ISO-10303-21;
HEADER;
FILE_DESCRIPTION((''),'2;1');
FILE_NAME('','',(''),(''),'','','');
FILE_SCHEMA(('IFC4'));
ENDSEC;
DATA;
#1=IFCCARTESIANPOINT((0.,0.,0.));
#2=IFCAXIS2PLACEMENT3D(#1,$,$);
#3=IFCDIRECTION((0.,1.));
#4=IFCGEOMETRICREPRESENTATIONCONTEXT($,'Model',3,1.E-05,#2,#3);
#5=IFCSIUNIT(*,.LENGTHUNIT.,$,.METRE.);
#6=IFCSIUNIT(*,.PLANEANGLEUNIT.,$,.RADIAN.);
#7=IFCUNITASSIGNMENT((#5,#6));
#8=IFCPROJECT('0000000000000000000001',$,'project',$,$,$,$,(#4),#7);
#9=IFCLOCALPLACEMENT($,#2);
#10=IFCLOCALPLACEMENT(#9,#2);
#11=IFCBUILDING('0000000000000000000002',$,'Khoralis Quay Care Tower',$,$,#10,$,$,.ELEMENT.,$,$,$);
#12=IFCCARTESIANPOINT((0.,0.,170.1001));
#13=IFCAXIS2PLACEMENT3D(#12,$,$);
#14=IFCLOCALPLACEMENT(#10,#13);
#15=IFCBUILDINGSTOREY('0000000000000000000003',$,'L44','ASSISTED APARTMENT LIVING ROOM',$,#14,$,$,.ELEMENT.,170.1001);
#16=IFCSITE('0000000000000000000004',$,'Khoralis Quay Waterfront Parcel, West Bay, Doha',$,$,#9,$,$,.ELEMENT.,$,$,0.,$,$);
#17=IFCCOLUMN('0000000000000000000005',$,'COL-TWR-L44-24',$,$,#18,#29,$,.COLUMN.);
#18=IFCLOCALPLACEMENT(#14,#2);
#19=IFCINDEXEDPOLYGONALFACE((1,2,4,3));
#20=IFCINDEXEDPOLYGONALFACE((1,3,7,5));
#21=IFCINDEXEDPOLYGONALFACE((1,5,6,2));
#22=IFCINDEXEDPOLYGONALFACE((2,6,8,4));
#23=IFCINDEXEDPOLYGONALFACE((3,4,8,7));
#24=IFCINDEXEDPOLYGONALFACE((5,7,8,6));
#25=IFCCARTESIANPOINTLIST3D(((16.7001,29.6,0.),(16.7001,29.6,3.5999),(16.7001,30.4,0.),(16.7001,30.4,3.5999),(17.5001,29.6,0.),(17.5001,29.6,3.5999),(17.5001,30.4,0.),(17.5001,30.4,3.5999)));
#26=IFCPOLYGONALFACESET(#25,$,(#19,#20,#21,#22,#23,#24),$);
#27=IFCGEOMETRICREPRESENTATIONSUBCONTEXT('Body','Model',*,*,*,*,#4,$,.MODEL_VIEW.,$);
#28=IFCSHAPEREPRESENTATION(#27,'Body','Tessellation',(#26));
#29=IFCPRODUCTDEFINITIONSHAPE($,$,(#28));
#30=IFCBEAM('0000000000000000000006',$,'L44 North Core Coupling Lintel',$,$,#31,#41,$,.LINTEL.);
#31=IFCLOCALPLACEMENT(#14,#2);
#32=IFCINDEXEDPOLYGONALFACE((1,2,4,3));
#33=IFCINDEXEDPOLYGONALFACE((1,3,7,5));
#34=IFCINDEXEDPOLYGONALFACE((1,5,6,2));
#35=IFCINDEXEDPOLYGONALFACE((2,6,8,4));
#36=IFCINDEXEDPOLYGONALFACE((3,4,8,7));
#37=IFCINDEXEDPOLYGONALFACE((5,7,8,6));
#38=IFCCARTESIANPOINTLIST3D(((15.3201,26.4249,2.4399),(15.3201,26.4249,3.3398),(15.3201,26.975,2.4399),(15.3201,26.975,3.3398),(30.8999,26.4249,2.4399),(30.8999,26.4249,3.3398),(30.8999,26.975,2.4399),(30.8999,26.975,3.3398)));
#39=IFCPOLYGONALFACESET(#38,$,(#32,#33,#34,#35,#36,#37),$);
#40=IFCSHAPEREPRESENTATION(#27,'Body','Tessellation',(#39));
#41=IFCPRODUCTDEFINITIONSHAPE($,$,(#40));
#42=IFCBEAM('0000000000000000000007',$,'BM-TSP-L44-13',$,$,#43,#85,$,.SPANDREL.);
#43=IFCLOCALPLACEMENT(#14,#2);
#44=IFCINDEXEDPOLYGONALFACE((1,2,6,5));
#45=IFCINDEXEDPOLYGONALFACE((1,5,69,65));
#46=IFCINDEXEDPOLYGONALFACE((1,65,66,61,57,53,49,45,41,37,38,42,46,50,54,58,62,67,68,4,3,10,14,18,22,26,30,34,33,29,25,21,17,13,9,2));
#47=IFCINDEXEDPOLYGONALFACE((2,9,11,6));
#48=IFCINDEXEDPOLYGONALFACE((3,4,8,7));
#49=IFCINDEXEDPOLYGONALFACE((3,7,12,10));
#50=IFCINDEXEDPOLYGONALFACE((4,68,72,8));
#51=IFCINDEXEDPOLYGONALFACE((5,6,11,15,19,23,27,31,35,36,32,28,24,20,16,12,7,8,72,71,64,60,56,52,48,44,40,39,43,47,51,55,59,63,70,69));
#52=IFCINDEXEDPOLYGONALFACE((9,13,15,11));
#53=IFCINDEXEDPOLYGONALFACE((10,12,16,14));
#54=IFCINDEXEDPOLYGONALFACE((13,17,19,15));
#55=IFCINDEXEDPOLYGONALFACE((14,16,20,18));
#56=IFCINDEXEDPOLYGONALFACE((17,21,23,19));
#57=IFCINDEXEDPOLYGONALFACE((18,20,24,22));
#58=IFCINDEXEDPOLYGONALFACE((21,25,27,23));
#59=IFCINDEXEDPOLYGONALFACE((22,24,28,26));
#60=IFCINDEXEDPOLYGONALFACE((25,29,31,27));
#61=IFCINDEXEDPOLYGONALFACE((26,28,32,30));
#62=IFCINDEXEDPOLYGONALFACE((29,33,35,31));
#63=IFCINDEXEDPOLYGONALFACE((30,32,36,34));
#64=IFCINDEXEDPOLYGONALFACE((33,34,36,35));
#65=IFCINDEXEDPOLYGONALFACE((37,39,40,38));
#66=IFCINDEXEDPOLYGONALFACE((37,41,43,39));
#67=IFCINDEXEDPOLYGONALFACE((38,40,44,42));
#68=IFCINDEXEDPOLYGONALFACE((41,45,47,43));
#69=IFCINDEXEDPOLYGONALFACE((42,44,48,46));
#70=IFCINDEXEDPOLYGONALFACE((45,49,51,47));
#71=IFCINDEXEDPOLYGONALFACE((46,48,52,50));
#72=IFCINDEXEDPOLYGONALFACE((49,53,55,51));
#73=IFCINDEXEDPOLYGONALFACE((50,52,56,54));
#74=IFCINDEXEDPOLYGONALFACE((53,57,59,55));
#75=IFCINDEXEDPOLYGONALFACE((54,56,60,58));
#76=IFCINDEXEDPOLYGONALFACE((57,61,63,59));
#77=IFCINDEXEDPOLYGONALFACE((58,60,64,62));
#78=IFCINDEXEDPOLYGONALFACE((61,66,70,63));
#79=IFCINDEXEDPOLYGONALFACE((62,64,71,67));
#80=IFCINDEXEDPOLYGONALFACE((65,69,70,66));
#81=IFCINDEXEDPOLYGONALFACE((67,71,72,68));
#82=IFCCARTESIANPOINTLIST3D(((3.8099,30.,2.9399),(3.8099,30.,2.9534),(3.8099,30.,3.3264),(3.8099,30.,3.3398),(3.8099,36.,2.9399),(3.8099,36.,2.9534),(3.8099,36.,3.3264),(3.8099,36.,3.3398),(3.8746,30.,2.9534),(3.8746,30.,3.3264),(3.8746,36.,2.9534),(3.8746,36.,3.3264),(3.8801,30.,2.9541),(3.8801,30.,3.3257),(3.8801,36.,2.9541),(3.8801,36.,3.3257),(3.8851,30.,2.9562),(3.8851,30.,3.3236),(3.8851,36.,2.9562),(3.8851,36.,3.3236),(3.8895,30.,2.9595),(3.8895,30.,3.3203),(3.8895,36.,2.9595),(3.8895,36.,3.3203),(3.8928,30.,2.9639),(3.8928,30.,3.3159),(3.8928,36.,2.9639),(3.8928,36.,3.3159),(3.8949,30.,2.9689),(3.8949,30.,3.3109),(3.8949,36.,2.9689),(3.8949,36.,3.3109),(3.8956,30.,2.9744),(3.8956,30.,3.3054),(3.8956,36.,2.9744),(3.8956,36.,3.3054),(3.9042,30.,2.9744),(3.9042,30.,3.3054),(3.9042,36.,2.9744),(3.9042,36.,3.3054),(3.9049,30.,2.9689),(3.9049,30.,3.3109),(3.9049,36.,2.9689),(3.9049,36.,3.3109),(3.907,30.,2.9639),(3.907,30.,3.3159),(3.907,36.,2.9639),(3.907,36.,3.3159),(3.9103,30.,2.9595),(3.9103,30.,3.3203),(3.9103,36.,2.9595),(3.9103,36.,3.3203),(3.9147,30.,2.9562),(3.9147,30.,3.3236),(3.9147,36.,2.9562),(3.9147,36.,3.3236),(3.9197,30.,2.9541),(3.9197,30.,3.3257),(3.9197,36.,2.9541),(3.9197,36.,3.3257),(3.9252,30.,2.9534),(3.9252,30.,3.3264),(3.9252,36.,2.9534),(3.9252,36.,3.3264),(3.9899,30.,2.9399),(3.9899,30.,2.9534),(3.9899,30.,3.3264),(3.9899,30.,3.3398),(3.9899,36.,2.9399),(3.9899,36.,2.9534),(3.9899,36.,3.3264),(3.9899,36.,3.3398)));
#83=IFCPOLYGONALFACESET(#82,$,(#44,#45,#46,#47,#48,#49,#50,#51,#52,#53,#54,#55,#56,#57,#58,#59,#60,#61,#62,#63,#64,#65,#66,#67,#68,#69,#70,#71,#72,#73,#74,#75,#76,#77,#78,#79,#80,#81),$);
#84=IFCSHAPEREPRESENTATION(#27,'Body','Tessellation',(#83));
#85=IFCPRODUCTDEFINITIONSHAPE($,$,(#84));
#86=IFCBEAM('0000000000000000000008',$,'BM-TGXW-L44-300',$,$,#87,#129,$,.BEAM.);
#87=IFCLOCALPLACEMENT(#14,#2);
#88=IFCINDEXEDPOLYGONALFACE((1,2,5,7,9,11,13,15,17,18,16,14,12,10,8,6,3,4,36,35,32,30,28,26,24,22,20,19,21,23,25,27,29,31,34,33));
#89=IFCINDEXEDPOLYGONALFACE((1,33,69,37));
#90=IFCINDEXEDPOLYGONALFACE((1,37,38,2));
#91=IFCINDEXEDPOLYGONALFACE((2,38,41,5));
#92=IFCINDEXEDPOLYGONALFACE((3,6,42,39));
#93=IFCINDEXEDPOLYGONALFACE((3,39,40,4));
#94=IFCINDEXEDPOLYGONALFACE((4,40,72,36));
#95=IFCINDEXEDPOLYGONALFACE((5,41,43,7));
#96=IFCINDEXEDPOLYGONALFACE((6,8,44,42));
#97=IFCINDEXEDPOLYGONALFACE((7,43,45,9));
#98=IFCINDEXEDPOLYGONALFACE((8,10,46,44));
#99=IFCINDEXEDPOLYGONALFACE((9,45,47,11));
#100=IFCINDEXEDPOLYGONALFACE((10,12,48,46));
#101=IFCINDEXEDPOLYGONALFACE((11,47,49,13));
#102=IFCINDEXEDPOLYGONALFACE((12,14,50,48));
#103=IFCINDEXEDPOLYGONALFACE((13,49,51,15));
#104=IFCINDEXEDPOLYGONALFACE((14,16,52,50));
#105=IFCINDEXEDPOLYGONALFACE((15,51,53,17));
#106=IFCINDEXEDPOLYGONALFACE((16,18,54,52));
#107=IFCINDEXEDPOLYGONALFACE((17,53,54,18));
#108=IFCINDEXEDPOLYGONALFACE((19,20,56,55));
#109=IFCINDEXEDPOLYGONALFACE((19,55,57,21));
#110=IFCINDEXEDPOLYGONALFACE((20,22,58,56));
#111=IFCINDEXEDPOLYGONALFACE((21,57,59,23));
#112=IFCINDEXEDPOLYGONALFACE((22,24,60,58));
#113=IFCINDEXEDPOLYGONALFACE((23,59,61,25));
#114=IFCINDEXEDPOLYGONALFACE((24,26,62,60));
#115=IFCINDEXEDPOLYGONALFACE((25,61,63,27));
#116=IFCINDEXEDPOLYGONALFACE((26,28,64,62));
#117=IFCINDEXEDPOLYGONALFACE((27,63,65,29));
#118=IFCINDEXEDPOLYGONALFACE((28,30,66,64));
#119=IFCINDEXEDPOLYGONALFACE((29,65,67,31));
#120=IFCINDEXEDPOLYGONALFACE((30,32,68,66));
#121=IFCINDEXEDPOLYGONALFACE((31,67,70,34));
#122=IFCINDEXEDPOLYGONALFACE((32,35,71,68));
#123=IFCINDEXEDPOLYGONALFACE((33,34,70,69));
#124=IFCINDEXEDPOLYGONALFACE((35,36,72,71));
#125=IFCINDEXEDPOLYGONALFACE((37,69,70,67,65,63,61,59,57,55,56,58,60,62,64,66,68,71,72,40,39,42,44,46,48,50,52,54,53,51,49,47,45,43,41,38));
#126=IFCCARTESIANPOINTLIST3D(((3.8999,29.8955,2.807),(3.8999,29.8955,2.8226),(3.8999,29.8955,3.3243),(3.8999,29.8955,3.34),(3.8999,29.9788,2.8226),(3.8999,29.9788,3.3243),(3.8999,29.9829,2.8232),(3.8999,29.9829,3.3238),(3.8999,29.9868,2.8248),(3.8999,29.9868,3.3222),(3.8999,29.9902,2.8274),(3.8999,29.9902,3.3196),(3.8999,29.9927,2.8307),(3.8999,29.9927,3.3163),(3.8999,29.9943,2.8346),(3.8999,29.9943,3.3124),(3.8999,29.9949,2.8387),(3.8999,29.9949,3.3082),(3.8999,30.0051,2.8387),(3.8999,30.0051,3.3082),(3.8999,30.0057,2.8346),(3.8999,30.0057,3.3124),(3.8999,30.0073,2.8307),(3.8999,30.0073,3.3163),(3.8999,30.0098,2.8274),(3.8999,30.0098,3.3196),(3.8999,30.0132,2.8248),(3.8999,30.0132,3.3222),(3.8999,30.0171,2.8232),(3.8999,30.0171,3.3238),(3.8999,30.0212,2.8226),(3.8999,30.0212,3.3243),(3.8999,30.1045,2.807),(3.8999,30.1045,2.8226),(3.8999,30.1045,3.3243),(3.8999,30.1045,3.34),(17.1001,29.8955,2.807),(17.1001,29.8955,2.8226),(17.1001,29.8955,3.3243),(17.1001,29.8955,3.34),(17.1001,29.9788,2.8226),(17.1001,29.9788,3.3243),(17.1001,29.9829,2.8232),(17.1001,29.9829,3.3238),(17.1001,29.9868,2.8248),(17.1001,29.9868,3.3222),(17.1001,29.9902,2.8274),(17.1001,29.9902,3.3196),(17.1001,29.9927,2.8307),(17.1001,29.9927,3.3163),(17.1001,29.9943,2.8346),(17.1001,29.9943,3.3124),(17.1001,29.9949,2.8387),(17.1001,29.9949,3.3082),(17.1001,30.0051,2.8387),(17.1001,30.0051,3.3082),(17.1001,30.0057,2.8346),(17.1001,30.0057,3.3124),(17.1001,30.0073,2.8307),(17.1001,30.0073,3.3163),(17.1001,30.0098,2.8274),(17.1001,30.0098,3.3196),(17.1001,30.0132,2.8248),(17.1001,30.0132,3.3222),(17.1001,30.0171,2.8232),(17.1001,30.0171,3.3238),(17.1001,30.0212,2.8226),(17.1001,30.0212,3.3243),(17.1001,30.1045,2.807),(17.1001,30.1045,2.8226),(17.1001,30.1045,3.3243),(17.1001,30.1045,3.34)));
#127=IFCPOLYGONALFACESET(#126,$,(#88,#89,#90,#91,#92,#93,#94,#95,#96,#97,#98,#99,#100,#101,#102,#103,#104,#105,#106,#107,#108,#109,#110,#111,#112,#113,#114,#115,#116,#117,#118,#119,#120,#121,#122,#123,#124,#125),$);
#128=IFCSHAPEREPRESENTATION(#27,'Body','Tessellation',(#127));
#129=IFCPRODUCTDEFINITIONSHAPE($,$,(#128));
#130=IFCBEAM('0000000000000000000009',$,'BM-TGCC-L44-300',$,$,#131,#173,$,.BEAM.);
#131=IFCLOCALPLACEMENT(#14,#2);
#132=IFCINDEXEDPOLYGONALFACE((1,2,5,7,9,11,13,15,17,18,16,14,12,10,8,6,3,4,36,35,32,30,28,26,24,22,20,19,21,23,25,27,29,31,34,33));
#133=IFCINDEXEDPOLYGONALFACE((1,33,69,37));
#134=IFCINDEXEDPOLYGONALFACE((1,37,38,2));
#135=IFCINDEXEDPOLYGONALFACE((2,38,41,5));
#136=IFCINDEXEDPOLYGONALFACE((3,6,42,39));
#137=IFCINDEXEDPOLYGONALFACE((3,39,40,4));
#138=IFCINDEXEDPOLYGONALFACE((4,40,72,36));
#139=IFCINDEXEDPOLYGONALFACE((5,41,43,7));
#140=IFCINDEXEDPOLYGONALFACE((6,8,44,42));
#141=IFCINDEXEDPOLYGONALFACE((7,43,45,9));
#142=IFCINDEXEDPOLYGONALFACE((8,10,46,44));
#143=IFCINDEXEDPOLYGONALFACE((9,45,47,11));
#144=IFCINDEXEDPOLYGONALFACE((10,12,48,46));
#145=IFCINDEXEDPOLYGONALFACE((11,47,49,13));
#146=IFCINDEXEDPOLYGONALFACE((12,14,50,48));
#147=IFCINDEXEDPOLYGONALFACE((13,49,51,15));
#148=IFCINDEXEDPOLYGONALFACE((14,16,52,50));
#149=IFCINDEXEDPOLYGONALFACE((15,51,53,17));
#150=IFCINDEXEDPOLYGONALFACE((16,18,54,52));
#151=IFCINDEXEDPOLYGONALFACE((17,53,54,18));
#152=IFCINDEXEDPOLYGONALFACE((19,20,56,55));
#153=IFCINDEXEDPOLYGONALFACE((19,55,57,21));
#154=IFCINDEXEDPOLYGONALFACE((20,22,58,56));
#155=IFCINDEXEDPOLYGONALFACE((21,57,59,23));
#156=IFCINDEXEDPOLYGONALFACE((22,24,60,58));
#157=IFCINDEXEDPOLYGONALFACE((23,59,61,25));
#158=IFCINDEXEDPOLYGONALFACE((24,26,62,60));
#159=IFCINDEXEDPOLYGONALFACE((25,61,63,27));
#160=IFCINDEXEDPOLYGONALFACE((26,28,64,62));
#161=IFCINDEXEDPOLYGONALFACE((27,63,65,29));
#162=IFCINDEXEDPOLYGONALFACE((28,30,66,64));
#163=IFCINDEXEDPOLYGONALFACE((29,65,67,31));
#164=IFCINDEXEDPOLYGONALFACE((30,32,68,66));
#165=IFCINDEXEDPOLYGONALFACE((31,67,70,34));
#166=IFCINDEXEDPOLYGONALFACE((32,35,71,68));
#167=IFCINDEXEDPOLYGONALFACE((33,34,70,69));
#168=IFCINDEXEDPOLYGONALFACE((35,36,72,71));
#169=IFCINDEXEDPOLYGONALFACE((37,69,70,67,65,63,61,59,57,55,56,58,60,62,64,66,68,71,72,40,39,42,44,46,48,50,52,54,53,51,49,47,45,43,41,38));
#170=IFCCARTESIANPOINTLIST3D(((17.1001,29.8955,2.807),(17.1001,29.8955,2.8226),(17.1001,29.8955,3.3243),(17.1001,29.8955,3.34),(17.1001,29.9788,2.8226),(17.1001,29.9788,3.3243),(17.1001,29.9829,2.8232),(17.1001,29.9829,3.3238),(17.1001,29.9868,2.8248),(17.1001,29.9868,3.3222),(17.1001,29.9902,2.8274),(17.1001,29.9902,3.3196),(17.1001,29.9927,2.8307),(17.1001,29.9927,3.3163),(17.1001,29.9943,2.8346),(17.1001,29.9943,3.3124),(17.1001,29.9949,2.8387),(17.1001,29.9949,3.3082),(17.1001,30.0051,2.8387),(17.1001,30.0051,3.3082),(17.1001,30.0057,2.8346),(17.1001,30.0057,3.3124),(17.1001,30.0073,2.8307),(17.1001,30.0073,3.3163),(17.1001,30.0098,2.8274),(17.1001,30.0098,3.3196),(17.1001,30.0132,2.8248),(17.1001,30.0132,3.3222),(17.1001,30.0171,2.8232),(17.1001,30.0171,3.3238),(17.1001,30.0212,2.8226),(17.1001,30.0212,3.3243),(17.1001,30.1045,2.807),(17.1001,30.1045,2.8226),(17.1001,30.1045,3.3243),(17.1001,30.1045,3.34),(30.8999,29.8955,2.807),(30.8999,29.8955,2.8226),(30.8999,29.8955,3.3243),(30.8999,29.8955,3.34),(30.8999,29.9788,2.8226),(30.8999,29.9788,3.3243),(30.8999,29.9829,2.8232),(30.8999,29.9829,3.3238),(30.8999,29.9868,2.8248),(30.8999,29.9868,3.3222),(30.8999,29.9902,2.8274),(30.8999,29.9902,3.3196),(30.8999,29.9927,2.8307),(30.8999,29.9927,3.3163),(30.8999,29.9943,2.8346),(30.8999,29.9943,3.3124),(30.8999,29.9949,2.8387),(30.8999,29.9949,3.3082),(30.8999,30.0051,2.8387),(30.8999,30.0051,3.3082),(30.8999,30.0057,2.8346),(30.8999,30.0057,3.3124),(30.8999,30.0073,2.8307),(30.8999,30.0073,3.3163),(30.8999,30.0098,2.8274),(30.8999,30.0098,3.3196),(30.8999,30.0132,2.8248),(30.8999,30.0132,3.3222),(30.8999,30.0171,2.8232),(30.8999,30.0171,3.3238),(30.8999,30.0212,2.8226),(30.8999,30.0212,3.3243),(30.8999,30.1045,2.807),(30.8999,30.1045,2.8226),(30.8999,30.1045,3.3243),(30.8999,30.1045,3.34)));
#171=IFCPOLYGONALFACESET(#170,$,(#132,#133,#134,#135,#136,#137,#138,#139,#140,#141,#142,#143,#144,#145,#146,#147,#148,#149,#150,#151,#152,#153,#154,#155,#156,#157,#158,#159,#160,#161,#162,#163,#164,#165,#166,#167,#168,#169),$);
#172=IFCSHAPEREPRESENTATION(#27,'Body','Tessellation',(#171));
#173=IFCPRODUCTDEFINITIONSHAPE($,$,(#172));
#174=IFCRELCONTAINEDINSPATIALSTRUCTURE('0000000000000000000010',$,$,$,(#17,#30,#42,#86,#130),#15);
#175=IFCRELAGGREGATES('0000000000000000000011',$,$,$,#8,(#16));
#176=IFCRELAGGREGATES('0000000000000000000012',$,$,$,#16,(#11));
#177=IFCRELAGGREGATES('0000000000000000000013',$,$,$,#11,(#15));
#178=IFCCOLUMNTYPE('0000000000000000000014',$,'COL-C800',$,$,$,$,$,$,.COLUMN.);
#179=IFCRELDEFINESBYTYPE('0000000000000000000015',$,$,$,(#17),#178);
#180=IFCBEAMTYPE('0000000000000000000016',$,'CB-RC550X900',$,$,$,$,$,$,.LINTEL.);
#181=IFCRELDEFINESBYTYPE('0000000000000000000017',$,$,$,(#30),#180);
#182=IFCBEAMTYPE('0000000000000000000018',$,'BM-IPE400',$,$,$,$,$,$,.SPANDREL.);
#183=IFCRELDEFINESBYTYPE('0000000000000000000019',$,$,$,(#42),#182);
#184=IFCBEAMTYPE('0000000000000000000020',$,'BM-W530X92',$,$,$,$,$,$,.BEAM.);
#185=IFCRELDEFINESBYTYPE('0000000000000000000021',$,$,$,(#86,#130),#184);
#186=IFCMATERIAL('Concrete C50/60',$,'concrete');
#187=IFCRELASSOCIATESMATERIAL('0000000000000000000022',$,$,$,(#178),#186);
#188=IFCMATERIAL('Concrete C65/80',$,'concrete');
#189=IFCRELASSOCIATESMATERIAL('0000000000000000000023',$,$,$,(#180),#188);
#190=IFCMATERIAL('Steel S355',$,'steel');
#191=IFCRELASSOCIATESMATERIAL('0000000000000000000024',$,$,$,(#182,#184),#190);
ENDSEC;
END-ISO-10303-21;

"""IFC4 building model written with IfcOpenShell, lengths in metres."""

from ifc_helpers import new_model, si_unit, direction, frame, origin, origin_2d, place, context, subcontext, project, spatial, rectangle, i_section, extrude, source, transform, mapped, material, material_profile, profile_set, type_object, element, save


model = new_model("IFC4")

# Units and contexts
model_context = context("Model", 3, precision=1e-05, world=origin(), true_north=direction((0.0, 1.0)))
body_context = subcontext(model_context, "Body", "Model", "MODEL_VIEW")
ifc_project = project(units=[si_unit("LENGTHUNIT", "METRE"), si_unit("PLANEANGLEUNIT", "RADIAN")], contexts=[model_context])

# Site, building, storey
site_placement = place(None, origin())
site = spatial("IfcSite", under=ifc_project, at=site_placement, Name="Khoralis Quay Waterfront Parcel, West Bay, Doha", CompositionType="ELEMENT", RefElevation=0.0)
building_placement = place(site_placement, origin())
building = spatial("IfcBuilding", under=site, at=building_placement, Name="Khoralis Quay Care Tower", CompositionType="ELEMENT")
storey_placement = place(building_placement, frame((0.0, 0.0, 170.1001)))
storey = spatial("IfcBuildingStorey", under=building, at=storey_placement, Name="L44", Description="ASSISTED APARTMENT LIVING ROOM", CompositionType="ELEMENT", Elevation=170.1001)

# Column
ifc_material_1 = material(Name="Concrete C50/60", Category="concrete")
ifc_material_profile_1 = material_profile(ifc_material_1, rectangle(XDim=0.8, YDim=0.8, at=origin_2d()), Name="Concrete C50/60")
ifc_profile_set_1 = profile_set([ifc_material_profile_1], Name="Concrete C50/60")
column_type = type_object("IfcColumnType", Name="COL-C800", PredefinedType="COLUMN", material=ifc_profile_set_1)
shared_shape_1 = source(origin(), body_context, "Body", "SweptSolid", [
    extrude(rectangle(XDim=0.8, YDim=0.8, at=origin_2d()), origin(), (0.0, 0.0, 1.0), 3.5999),
])
column_placement = place(storey_placement, frame((17.1001, 30.0, 0.0), z_axis=(0.0, 0.0, 1.0), x_axis=(1.0, 0.0, 0.0)))
element("IfcColumn", 1, at=column_placement, inside=storey, type_object=column_type, Name="COL-TWR-L44-24", PredefinedType="COLUMN", context=body_context, shape_type="MappedRepresentation", body=[
    mapped(shared_shape_1, transform((0.0, 0.0, 0.0), scale=1.0)),
])

# Beams
ifc_material_2 = material(Name="Concrete C65/80", Category="concrete")
ifc_material_profile_2 = material_profile(ifc_material_2, rectangle(XDim=0.55, YDim=0.8999, at=origin_2d()), Name="Concrete C65/80")
ifc_profile_set_2 = profile_set([ifc_material_profile_2], Name="Concrete C65/80")
beam_type_1 = type_object("IfcBeamType", Name="CB-RC550X900", PredefinedType="LINTEL", material=ifc_profile_set_2)
shared_shape_2 = source(origin(), body_context, "Body", "SweptSolid", [
    extrude(rectangle(XDim=0.55, YDim=0.8999, at=origin_2d()), origin(), (0.0, 0.0, 1.0), 15.5798),
])
beam_1_placement = place(storey_placement, frame((15.3201, 26.7, 2.8899), z_axis=(1.0, 0.0, 0.0), x_axis=(0.0, 1.0, 0.0)))
element("IfcBeam", 2, at=beam_1_placement, inside=storey, type_object=beam_type_1, Name="L44 North Core Coupling Lintel", PredefinedType="LINTEL", context=body_context, shape_type="MappedRepresentation", body=[
    mapped(shared_shape_2, transform((0.0, 0.0, 0.0), scale=1.0)),
])
ifc_material_3 = material(Name="Steel S355", Category="steel")
ifc_material_profile_3 = material_profile(ifc_material_3, i_section(OverallWidth=0.1799, OverallDepth=0.3999, WebThickness=0.0085, FlangeThickness=0.0134, FilletRadius=0.021, at=origin_2d()), Name="Steel S355")
ifc_profile_set_3 = profile_set([ifc_material_profile_3], Name="Steel S355")
beam_type_2 = type_object("IfcBeamType", Name="BM-IPE400", PredefinedType="SPANDREL", material=ifc_profile_set_3)
shared_shape_3 = source(origin(), body_context, "Body", "SweptSolid", [
    extrude(i_section(OverallWidth=0.1799, OverallDepth=0.3999, WebThickness=0.0085, FlangeThickness=0.0134, FilletRadius=0.021, at=origin_2d()), origin(), (0.0, 0.0, 1.0), 6.0),
])
beam_2_placement = place(storey_placement, frame((3.8999, 30.0, 3.1399), z_axis=(0.0, 1.0, 0.0), x_axis=(-1.0, 0.0, 0.0)))
element("IfcBeam", 3, at=beam_2_placement, inside=storey, type_object=beam_type_2, Name="BM-TSP-L44-13", PredefinedType="SPANDREL", context=body_context, shape_type="MappedRepresentation", body=[
    mapped(shared_shape_3, transform((0.0, 0.0, 0.0), scale=1.0)),
])
ifc_material_profile_4 = material_profile(ifc_material_3, i_section(OverallWidth=0.209, OverallDepth=0.533, WebThickness=0.0103, FlangeThickness=0.0156, FilletRadius=0.0161, at=origin_2d()), Name="Steel S355")
ifc_profile_set_4 = profile_set([ifc_material_profile_4], Name="Steel S355")
beam_type_3 = type_object("IfcBeamType", Name="BM-W530X92", PredefinedType="BEAM", material=ifc_profile_set_4)
shared_shape_4 = source(origin(), body_context, "Body", "SweptSolid", [
    extrude(i_section(OverallWidth=0.209, OverallDepth=0.533, WebThickness=0.0103, FlangeThickness=0.0156, FilletRadius=0.0161, at=origin_2d()), origin(), (0.0, 0.0, 1.0), 13.2002),
])
beam_3_placement = place(storey_placement, frame((3.8999, 30.0, 3.0735), z_axis=(1.0, 0.0, 0.0), x_axis=(0.0, 1.0, 0.0)))
element("IfcBeam", 4, at=beam_3_placement, inside=storey, type_object=beam_type_3, Name="BM-TGXW-L44-300", PredefinedType="BEAM", context=body_context, shape_type="MappedRepresentation", body=[
    mapped(shared_shape_4, transform((0.0, 0.0, 0.0), scale=1.0)),
])
shared_shape_5 = source(origin(), body_context, "Body", "SweptSolid", [
    extrude(i_section(OverallWidth=0.209, OverallDepth=0.533, WebThickness=0.0103, FlangeThickness=0.0156, FilletRadius=0.0161, at=origin_2d()), origin(), (0.0, 0.0, 1.0), 13.7998),
])
beam_4_placement = place(storey_placement, frame((17.1001, 30.0, 3.0735), z_axis=(1.0, 0.0, 0.0), x_axis=(0.0, 1.0, 0.0)))
element("IfcBeam", 5, at=beam_4_placement, inside=storey, type_object=beam_type_3, Name="BM-TGCC-L44-300", PredefinedType="BEAM", context=body_context, shape_type="MappedRepresentation", body=[
    mapped(shared_shape_5, transform((0.0, 0.0, 0.0), scale=1.0)),
])

save(model, "model.ifc")
